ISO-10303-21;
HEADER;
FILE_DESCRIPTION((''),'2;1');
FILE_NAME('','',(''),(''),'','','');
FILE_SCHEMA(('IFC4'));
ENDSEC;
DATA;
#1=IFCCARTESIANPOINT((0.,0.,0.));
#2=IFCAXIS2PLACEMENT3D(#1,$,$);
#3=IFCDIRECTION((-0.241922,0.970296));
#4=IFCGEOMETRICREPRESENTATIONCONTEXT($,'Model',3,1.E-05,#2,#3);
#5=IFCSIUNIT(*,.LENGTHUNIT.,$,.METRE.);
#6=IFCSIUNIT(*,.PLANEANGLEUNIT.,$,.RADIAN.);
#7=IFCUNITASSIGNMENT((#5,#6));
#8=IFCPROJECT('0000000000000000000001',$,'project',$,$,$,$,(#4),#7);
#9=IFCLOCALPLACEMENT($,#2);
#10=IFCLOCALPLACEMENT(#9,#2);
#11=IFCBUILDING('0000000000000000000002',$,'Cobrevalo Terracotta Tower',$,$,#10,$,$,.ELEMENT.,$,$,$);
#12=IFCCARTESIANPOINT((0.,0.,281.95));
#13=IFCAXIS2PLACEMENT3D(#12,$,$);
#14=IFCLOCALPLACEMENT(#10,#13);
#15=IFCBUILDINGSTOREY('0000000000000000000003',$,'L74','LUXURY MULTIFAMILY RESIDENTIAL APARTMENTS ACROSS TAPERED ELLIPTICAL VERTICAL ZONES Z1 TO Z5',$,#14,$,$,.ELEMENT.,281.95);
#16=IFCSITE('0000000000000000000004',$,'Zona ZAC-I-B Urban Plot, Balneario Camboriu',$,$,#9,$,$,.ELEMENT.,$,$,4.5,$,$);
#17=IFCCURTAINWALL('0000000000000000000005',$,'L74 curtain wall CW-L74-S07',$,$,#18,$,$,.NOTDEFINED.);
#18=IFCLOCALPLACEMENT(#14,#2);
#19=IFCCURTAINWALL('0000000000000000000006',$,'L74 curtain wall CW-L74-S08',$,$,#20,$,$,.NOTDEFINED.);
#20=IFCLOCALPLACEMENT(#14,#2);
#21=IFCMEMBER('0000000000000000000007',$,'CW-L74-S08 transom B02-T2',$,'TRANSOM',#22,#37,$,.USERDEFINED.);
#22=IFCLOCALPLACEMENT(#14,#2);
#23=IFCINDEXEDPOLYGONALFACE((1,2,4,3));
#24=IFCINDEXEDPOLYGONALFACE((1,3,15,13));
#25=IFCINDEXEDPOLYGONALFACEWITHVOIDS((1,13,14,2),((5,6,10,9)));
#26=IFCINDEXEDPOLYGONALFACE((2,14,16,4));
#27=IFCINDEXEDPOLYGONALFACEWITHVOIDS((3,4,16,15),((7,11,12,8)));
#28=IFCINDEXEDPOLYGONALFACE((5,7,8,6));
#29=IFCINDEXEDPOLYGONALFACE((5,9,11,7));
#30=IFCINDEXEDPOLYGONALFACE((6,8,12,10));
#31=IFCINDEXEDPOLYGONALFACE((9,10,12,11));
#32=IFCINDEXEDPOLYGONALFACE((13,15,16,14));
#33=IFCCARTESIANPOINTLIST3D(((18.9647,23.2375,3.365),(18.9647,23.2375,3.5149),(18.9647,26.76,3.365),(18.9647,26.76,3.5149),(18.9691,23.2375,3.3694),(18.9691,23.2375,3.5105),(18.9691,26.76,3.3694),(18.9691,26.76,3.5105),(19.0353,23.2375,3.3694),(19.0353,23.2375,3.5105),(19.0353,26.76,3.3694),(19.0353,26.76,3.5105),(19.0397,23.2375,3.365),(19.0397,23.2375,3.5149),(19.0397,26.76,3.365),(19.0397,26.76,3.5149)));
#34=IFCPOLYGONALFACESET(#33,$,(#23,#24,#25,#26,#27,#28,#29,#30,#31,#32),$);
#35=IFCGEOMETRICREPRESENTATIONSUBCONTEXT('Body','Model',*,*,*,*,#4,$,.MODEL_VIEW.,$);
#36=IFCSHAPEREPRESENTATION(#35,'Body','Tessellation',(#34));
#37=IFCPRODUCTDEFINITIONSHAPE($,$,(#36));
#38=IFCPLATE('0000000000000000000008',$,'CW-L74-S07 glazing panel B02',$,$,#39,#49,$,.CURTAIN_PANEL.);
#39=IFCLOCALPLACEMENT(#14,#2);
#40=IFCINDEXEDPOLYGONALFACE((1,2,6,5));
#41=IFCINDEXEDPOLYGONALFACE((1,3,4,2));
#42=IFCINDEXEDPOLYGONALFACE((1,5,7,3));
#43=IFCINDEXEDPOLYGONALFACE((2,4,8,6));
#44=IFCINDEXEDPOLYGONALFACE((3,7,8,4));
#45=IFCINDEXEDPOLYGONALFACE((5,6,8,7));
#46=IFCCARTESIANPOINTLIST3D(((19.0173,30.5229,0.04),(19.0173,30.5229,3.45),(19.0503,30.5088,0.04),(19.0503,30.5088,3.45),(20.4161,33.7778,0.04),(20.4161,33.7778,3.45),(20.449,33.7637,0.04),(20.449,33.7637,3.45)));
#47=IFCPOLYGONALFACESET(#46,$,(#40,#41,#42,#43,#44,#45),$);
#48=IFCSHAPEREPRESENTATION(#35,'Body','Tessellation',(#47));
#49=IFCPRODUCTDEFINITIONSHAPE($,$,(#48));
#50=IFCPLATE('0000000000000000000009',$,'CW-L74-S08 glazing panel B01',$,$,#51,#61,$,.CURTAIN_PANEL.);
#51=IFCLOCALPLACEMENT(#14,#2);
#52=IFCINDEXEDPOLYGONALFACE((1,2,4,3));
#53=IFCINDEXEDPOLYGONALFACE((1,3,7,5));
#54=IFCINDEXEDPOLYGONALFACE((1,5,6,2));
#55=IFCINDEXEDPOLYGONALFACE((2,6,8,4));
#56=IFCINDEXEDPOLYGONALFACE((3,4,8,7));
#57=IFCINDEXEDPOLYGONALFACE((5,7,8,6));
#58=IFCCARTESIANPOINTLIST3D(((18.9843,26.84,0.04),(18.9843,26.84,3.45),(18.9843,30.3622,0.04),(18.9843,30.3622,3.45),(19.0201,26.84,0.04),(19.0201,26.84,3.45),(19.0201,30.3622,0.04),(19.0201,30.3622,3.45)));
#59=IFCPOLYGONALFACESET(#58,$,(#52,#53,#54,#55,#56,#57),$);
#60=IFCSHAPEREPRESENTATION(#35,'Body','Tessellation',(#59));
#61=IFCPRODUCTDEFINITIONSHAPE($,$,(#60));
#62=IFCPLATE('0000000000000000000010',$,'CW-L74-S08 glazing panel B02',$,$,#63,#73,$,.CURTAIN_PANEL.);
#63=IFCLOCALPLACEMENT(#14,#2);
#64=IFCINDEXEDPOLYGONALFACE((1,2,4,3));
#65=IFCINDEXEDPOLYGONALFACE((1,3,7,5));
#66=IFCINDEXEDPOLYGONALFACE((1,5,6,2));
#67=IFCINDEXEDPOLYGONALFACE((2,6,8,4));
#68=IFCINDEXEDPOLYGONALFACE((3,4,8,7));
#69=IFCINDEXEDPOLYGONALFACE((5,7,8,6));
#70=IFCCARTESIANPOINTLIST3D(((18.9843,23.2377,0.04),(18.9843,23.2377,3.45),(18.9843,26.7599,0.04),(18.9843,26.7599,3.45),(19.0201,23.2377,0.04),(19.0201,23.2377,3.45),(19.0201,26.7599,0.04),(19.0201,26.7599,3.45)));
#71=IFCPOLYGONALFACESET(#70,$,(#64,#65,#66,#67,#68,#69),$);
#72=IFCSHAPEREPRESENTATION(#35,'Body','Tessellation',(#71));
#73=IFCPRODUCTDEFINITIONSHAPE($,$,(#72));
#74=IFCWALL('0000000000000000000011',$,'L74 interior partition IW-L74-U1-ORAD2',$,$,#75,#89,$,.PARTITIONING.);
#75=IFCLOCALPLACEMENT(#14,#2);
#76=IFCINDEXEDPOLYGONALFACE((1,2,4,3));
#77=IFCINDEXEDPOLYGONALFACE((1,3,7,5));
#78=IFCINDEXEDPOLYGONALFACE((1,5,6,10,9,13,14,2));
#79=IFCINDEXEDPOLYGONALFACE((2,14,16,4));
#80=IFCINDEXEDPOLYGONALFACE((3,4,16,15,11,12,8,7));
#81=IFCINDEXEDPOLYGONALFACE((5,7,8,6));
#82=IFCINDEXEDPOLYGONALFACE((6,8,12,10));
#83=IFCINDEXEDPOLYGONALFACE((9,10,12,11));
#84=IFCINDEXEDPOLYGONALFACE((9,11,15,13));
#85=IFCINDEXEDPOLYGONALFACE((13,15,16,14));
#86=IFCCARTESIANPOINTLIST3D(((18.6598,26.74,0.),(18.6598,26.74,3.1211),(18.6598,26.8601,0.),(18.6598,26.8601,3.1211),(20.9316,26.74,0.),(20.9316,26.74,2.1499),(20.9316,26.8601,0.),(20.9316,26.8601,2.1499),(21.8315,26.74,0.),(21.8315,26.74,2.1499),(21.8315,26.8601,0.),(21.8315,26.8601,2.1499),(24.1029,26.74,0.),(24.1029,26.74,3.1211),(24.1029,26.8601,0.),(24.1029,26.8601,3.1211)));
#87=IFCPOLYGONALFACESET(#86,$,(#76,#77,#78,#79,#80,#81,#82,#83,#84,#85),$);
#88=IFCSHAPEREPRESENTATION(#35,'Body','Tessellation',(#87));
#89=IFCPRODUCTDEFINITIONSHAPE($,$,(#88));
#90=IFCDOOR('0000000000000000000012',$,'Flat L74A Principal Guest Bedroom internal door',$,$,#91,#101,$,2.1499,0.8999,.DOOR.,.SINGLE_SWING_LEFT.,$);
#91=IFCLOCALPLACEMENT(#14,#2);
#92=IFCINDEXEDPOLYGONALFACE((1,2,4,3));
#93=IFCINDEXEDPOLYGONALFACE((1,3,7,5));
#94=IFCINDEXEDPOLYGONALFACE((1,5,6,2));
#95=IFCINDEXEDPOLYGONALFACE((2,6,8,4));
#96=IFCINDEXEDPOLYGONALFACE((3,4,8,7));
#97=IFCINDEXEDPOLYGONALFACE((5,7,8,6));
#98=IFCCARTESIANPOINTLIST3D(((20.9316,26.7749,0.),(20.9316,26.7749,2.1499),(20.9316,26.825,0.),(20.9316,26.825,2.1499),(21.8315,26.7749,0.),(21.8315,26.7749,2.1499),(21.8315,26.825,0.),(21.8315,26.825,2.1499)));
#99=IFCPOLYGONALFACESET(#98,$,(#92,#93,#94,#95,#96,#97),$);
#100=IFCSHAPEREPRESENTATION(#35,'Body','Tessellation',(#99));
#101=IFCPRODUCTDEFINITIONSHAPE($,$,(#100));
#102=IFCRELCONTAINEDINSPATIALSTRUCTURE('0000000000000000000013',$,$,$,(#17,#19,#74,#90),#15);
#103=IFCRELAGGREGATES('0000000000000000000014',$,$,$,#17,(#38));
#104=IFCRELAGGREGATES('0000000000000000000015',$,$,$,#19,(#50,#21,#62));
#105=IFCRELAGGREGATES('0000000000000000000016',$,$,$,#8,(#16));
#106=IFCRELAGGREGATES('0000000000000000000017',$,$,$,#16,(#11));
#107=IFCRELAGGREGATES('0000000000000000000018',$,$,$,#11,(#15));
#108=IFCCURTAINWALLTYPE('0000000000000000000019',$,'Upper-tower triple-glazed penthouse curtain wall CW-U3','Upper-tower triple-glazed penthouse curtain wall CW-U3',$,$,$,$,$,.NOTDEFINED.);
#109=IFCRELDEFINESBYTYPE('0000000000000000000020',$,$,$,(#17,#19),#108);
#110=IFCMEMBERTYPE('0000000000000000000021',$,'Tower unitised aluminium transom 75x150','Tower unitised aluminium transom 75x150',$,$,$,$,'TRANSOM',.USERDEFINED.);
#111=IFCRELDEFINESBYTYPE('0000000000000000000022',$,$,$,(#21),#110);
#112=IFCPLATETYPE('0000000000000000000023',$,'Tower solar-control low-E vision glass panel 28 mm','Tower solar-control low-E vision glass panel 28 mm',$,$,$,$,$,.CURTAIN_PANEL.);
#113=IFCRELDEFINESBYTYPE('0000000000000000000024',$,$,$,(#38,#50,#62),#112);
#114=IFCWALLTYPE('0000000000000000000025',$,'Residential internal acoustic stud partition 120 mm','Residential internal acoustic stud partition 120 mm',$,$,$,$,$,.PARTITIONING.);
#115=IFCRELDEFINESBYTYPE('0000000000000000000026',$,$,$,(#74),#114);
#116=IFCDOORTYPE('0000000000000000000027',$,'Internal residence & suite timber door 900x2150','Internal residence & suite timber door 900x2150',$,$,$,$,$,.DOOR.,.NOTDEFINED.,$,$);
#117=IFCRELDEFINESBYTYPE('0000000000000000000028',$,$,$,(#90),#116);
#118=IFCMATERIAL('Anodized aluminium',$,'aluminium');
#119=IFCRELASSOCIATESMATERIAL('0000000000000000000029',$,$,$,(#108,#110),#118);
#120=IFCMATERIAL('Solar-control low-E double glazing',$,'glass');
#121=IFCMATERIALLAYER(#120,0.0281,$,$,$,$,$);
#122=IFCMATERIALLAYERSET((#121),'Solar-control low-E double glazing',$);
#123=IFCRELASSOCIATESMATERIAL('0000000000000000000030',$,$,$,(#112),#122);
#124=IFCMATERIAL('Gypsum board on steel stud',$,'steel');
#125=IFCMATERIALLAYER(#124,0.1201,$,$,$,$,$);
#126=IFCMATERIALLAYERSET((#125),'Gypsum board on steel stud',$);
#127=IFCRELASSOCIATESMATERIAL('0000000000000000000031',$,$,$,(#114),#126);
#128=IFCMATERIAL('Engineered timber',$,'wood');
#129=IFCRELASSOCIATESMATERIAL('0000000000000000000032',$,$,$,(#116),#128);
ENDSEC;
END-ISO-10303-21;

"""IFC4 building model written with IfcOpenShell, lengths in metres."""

from ifc_helpers import new_model, si_unit, direction, frame, frame_2d, origin, origin_2d, place, context, subcontext, project, spatial, rectangle, hollow_rectangle, extrude, source, transform, mapped, material, layer, layer_set, material_profile, profile_set, type_object, element, fill, aggregate, save


model = new_model("IFC4")

# Units and contexts
model_context = context("Model", 3, precision=1e-05, world=origin(), true_north=direction((-0.241922, 0.970296)))
body_context = subcontext(model_context, "Body", "Model", "MODEL_VIEW")
ifc_project = project(units=[si_unit("LENGTHUNIT", "METRE"), si_unit("PLANEANGLEUNIT", "RADIAN")], contexts=[model_context])

# Site, building, storey
site_placement = place(None, origin())
site = spatial("IfcSite", under=ifc_project, at=site_placement, Name="Zona ZAC-I-B Urban Plot, Balneario Camboriu", CompositionType="ELEMENT", RefElevation=4.5)
building_placement = place(site_placement, origin())
building = spatial("IfcBuilding", under=site, at=building_placement, Name="Cobrevalo Terracotta Tower", CompositionType="ELEMENT")
storey_placement = place(building_placement, frame((0.0, 0.0, 281.95)))
storey = spatial("IfcBuildingStorey", under=building, at=storey_placement, Name="L74", Description="LUXURY MULTIFAMILY RESIDENTIAL APARTMENTS ACROSS TAPERED ELLIPTICAL VERTICAL ZONES Z1 TO Z5", CompositionType="ELEMENT", Elevation=281.95)

# Curtain wall
ifc_material_1 = material(Name="Anodized aluminium", Category="aluminium")
curtain_wall_type = type_object("IfcCurtainWallType", Name="Upper-tower triple-glazed penthouse curtain wall CW-U3", Description="Upper-tower triple-glazed penthouse curtain wall CW-U3", PredefinedType="NOTDEFINED", material=ifc_material_1)
curtain_wall_1_placement = place(storey_placement, origin())
curtain_wall_1 = element("IfcCurtainWall", 1, at=curtain_wall_1_placement, inside=storey, type_object=curtain_wall_type, Name="L74 curtain wall CW-L74-S07", PredefinedType="NOTDEFINED")

# Curtain wall, member
curtain_wall_2_placement = place(storey_placement, origin())
curtain_wall_2 = element("IfcCurtainWall", 2, at=curtain_wall_2_placement, inside=storey, type_object=curtain_wall_type, Name="L74 curtain wall CW-L74-S08", PredefinedType="NOTDEFINED")
ifc_material_profile_1 = material_profile(ifc_material_1, hollow_rectangle(XDim=0.075, YDim=0.1499, WallThickness=0.0044, at=origin_2d()), Name="CWT 75x150")
ifc_profile_set_1 = profile_set([ifc_material_profile_1], Name="Anodized aluminium")
member_type_1 = type_object("IfcMemberType", Name="Tower unitised aluminium transom 75x150", Description="Tower unitised aluminium transom 75x150", ElementType="TRANSOM", PredefinedType="USERDEFINED", material=ifc_profile_set_1)
shared_shape_1 = source(origin(), body_context, "Body", "SweptSolid", [
    extrude(hollow_rectangle(XDim=0.075, YDim=0.1499, WallThickness=0.0044, at=origin_2d()), origin(), (0.0, 0.0, 1.0), 3.5225),
])
member_1_placement = place(storey_placement, frame((19.0022, 26.76, 3.4399), z_axis=(0.0, -1.0, 0.0), x_axis=(1.0, 0.0, 0.0)))
member_1 = element("IfcMember", 3, at=member_1_placement, type_object=member_type_1, Name="CW-L74-S08 transom B02-T2", ObjectType="TRANSOM", PredefinedType="USERDEFINED", context=body_context, shape_type="MappedRepresentation", body=[
    mapped(shared_shape_1, transform((0.0, 0.0, 0.0), scale=1.0)),
])

# Plates
ifc_material_2 = material(Name="Solar-control low-E double glazing", Category="glass")
ifc_layer_1 = layer(ifc_material_2, 0.0281)
ifc_layer_set_1 = layer_set([ifc_layer_1], Name="Solar-control low-E double glazing")
plate_type = type_object("IfcPlateType", Name="Tower solar-control low-E vision glass panel 28 mm", Description="Tower solar-control low-E vision glass panel 28 mm", PredefinedType="CURTAIN_PANEL", material=ifc_layer_set_1)
shared_shape_2 = source(origin(), body_context, "Body", "SweptSolid", [
    extrude(rectangle(XDim=3.5427, YDim=0.0359, at=origin_2d()), origin(), (0.0, 0.0, 1.0), 3.4099),
])
plate_1_placement = place(storey_placement, frame((19.7332, 32.1433, 0.04), z_axis=(0.0, 0.0, 1.0), x_axis=(-0.394829, -0.918755, 0.0)))
plate_1 = element("IfcPlate", 4, at=plate_1_placement, type_object=plate_type, Name="CW-L74-S07 glazing panel B02", PredefinedType="CURTAIN_PANEL", context=body_context, shape_type="MappedRepresentation", body=[
    mapped(shared_shape_2, transform((0.0, 0.0, 0.0), scale=1.0)),
])
aggregate(curtain_wall_1, [plate_1])
shared_shape_3 = source(origin(), body_context, "Body", "SweptSolid", [
    extrude(rectangle(XDim=3.5222, YDim=0.0359, at=origin_2d()), origin(), (0.0, 0.0, 1.0), 3.4099),
])
plate_2_placement = place(storey_placement, frame((19.0022, 28.6011, 0.04), z_axis=(0.0, 0.0, 1.0), x_axis=(0.0, -1.0, 0.0)))
plate_2 = element("IfcPlate", 5, at=plate_2_placement, type_object=plate_type, Name="CW-L74-S08 glazing panel B01", PredefinedType="CURTAIN_PANEL", context=body_context, shape_type="MappedRepresentation", body=[
    mapped(shared_shape_3, transform((0.0, 0.0, 0.0), scale=1.0)),
])
plate_3_placement = place(storey_placement, frame((19.0022, 24.9988, 0.04), z_axis=(0.0, 0.0, 1.0), x_axis=(0.0, -1.0, 0.0)))
plate_3 = element("IfcPlate", 6, at=plate_3_placement, type_object=plate_type, Name="CW-L74-S08 glazing panel B02", PredefinedType="CURTAIN_PANEL", context=body_context, shape_type="MappedRepresentation", body=[
    mapped(shared_shape_3, transform((0.0, 0.0, 0.0), scale=1.0)),
])
aggregate(curtain_wall_2, [plate_2, member_1, plate_3])

# Wall, opening, door
ifc_material_3 = material(Name="Gypsum board on steel stud", Category="steel")
ifc_layer_2 = layer(ifc_material_3, 0.1201)
ifc_layer_set_2 = layer_set([ifc_layer_2], Name="Gypsum board on steel stud")
wall_type = type_object("IfcWallType", Name="Residential internal acoustic stud partition 120 mm", Description="Residential internal acoustic stud partition 120 mm", PredefinedType="PARTITIONING", material=ifc_layer_set_2)
wall_placement = place(storey_placement, frame((24.103, 26.8, 0.0), z_axis=(0.0, 0.0, 1.0), x_axis=(-1.0, 0.0, 0.0)))
wall = element("IfcWall", 7, at=wall_placement, inside=storey, type_object=wall_type, Name="L74 interior partition IW-L74-U1-ORAD2", PredefinedType="PARTITIONING", context=body_context, shape_type="SweptSolid", body=[
    extrude(rectangle(XDim=5.4431, YDim=0.1201, at=frame_2d((2.7217, 0.0))), origin(), (0.0, 0.0, 1.0), 3.1211),
])
opening_placement = place(wall_placement, frame((2.2715, 0.0, 0.0)))
opening = element("IfcOpeningElement", 8, at=opening_placement, cuts=wall, PredefinedType="OPENING", context=body_context, shape_type="SweptSolid", body=[
    extrude(rectangle(XDim=0.8999, YDim=2.1499, at=frame_2d((0.45, 1.075))), frame((0.0, 0.0701, 0.0), z_axis=(0.0, -1.0, 0.0), x_axis=(1.0, 0.0, 0.0)), (0.0, 0.0, 1.0), 0.1401),
])
ifc_material_4 = material(Name="Engineered timber", Category="wood")
door_type = type_object("IfcDoorType", Name="Internal residence & suite timber door 900x2150", Description="Internal residence & suite timber door 900x2150", OperationType="NOTDEFINED", PredefinedType="DOOR", material=ifc_material_4)
shared_shape_4 = source(origin(), body_context, "Body", "SweptSolid", [
    extrude(rectangle(XDim=0.8999, YDim=2.1499, at=frame_2d((0.45, 1.075))), frame((0.0, 0.0249, 0.0), z_axis=(0.0, -1.0, 0.0), x_axis=(1.0, 0.0, 0.0)), (0.0, 0.0, 1.0), 0.05),
])
door_placement = place(opening_placement, frame((0.8999, 0.0, 0.0), z_axis=(0.0, 0.0, 1.0), x_axis=(-1.0, 0.0, 0.0)))
door = element("IfcDoor", 9, at=door_placement, inside=storey, type_object=door_type, Name="Flat L74A Principal Guest Bedroom internal door", OperationType="SINGLE_SWING_LEFT", OverallHeight=2.1499, OverallWidth=0.8999, PredefinedType="DOOR", context=body_context, shape_type="MappedRepresentation", body=[
    mapped(shared_shape_4, transform((0.0, 0.0, 0.0), scale=1.0)),
])
fill(opening, door)

save(model, "model.ifc")
